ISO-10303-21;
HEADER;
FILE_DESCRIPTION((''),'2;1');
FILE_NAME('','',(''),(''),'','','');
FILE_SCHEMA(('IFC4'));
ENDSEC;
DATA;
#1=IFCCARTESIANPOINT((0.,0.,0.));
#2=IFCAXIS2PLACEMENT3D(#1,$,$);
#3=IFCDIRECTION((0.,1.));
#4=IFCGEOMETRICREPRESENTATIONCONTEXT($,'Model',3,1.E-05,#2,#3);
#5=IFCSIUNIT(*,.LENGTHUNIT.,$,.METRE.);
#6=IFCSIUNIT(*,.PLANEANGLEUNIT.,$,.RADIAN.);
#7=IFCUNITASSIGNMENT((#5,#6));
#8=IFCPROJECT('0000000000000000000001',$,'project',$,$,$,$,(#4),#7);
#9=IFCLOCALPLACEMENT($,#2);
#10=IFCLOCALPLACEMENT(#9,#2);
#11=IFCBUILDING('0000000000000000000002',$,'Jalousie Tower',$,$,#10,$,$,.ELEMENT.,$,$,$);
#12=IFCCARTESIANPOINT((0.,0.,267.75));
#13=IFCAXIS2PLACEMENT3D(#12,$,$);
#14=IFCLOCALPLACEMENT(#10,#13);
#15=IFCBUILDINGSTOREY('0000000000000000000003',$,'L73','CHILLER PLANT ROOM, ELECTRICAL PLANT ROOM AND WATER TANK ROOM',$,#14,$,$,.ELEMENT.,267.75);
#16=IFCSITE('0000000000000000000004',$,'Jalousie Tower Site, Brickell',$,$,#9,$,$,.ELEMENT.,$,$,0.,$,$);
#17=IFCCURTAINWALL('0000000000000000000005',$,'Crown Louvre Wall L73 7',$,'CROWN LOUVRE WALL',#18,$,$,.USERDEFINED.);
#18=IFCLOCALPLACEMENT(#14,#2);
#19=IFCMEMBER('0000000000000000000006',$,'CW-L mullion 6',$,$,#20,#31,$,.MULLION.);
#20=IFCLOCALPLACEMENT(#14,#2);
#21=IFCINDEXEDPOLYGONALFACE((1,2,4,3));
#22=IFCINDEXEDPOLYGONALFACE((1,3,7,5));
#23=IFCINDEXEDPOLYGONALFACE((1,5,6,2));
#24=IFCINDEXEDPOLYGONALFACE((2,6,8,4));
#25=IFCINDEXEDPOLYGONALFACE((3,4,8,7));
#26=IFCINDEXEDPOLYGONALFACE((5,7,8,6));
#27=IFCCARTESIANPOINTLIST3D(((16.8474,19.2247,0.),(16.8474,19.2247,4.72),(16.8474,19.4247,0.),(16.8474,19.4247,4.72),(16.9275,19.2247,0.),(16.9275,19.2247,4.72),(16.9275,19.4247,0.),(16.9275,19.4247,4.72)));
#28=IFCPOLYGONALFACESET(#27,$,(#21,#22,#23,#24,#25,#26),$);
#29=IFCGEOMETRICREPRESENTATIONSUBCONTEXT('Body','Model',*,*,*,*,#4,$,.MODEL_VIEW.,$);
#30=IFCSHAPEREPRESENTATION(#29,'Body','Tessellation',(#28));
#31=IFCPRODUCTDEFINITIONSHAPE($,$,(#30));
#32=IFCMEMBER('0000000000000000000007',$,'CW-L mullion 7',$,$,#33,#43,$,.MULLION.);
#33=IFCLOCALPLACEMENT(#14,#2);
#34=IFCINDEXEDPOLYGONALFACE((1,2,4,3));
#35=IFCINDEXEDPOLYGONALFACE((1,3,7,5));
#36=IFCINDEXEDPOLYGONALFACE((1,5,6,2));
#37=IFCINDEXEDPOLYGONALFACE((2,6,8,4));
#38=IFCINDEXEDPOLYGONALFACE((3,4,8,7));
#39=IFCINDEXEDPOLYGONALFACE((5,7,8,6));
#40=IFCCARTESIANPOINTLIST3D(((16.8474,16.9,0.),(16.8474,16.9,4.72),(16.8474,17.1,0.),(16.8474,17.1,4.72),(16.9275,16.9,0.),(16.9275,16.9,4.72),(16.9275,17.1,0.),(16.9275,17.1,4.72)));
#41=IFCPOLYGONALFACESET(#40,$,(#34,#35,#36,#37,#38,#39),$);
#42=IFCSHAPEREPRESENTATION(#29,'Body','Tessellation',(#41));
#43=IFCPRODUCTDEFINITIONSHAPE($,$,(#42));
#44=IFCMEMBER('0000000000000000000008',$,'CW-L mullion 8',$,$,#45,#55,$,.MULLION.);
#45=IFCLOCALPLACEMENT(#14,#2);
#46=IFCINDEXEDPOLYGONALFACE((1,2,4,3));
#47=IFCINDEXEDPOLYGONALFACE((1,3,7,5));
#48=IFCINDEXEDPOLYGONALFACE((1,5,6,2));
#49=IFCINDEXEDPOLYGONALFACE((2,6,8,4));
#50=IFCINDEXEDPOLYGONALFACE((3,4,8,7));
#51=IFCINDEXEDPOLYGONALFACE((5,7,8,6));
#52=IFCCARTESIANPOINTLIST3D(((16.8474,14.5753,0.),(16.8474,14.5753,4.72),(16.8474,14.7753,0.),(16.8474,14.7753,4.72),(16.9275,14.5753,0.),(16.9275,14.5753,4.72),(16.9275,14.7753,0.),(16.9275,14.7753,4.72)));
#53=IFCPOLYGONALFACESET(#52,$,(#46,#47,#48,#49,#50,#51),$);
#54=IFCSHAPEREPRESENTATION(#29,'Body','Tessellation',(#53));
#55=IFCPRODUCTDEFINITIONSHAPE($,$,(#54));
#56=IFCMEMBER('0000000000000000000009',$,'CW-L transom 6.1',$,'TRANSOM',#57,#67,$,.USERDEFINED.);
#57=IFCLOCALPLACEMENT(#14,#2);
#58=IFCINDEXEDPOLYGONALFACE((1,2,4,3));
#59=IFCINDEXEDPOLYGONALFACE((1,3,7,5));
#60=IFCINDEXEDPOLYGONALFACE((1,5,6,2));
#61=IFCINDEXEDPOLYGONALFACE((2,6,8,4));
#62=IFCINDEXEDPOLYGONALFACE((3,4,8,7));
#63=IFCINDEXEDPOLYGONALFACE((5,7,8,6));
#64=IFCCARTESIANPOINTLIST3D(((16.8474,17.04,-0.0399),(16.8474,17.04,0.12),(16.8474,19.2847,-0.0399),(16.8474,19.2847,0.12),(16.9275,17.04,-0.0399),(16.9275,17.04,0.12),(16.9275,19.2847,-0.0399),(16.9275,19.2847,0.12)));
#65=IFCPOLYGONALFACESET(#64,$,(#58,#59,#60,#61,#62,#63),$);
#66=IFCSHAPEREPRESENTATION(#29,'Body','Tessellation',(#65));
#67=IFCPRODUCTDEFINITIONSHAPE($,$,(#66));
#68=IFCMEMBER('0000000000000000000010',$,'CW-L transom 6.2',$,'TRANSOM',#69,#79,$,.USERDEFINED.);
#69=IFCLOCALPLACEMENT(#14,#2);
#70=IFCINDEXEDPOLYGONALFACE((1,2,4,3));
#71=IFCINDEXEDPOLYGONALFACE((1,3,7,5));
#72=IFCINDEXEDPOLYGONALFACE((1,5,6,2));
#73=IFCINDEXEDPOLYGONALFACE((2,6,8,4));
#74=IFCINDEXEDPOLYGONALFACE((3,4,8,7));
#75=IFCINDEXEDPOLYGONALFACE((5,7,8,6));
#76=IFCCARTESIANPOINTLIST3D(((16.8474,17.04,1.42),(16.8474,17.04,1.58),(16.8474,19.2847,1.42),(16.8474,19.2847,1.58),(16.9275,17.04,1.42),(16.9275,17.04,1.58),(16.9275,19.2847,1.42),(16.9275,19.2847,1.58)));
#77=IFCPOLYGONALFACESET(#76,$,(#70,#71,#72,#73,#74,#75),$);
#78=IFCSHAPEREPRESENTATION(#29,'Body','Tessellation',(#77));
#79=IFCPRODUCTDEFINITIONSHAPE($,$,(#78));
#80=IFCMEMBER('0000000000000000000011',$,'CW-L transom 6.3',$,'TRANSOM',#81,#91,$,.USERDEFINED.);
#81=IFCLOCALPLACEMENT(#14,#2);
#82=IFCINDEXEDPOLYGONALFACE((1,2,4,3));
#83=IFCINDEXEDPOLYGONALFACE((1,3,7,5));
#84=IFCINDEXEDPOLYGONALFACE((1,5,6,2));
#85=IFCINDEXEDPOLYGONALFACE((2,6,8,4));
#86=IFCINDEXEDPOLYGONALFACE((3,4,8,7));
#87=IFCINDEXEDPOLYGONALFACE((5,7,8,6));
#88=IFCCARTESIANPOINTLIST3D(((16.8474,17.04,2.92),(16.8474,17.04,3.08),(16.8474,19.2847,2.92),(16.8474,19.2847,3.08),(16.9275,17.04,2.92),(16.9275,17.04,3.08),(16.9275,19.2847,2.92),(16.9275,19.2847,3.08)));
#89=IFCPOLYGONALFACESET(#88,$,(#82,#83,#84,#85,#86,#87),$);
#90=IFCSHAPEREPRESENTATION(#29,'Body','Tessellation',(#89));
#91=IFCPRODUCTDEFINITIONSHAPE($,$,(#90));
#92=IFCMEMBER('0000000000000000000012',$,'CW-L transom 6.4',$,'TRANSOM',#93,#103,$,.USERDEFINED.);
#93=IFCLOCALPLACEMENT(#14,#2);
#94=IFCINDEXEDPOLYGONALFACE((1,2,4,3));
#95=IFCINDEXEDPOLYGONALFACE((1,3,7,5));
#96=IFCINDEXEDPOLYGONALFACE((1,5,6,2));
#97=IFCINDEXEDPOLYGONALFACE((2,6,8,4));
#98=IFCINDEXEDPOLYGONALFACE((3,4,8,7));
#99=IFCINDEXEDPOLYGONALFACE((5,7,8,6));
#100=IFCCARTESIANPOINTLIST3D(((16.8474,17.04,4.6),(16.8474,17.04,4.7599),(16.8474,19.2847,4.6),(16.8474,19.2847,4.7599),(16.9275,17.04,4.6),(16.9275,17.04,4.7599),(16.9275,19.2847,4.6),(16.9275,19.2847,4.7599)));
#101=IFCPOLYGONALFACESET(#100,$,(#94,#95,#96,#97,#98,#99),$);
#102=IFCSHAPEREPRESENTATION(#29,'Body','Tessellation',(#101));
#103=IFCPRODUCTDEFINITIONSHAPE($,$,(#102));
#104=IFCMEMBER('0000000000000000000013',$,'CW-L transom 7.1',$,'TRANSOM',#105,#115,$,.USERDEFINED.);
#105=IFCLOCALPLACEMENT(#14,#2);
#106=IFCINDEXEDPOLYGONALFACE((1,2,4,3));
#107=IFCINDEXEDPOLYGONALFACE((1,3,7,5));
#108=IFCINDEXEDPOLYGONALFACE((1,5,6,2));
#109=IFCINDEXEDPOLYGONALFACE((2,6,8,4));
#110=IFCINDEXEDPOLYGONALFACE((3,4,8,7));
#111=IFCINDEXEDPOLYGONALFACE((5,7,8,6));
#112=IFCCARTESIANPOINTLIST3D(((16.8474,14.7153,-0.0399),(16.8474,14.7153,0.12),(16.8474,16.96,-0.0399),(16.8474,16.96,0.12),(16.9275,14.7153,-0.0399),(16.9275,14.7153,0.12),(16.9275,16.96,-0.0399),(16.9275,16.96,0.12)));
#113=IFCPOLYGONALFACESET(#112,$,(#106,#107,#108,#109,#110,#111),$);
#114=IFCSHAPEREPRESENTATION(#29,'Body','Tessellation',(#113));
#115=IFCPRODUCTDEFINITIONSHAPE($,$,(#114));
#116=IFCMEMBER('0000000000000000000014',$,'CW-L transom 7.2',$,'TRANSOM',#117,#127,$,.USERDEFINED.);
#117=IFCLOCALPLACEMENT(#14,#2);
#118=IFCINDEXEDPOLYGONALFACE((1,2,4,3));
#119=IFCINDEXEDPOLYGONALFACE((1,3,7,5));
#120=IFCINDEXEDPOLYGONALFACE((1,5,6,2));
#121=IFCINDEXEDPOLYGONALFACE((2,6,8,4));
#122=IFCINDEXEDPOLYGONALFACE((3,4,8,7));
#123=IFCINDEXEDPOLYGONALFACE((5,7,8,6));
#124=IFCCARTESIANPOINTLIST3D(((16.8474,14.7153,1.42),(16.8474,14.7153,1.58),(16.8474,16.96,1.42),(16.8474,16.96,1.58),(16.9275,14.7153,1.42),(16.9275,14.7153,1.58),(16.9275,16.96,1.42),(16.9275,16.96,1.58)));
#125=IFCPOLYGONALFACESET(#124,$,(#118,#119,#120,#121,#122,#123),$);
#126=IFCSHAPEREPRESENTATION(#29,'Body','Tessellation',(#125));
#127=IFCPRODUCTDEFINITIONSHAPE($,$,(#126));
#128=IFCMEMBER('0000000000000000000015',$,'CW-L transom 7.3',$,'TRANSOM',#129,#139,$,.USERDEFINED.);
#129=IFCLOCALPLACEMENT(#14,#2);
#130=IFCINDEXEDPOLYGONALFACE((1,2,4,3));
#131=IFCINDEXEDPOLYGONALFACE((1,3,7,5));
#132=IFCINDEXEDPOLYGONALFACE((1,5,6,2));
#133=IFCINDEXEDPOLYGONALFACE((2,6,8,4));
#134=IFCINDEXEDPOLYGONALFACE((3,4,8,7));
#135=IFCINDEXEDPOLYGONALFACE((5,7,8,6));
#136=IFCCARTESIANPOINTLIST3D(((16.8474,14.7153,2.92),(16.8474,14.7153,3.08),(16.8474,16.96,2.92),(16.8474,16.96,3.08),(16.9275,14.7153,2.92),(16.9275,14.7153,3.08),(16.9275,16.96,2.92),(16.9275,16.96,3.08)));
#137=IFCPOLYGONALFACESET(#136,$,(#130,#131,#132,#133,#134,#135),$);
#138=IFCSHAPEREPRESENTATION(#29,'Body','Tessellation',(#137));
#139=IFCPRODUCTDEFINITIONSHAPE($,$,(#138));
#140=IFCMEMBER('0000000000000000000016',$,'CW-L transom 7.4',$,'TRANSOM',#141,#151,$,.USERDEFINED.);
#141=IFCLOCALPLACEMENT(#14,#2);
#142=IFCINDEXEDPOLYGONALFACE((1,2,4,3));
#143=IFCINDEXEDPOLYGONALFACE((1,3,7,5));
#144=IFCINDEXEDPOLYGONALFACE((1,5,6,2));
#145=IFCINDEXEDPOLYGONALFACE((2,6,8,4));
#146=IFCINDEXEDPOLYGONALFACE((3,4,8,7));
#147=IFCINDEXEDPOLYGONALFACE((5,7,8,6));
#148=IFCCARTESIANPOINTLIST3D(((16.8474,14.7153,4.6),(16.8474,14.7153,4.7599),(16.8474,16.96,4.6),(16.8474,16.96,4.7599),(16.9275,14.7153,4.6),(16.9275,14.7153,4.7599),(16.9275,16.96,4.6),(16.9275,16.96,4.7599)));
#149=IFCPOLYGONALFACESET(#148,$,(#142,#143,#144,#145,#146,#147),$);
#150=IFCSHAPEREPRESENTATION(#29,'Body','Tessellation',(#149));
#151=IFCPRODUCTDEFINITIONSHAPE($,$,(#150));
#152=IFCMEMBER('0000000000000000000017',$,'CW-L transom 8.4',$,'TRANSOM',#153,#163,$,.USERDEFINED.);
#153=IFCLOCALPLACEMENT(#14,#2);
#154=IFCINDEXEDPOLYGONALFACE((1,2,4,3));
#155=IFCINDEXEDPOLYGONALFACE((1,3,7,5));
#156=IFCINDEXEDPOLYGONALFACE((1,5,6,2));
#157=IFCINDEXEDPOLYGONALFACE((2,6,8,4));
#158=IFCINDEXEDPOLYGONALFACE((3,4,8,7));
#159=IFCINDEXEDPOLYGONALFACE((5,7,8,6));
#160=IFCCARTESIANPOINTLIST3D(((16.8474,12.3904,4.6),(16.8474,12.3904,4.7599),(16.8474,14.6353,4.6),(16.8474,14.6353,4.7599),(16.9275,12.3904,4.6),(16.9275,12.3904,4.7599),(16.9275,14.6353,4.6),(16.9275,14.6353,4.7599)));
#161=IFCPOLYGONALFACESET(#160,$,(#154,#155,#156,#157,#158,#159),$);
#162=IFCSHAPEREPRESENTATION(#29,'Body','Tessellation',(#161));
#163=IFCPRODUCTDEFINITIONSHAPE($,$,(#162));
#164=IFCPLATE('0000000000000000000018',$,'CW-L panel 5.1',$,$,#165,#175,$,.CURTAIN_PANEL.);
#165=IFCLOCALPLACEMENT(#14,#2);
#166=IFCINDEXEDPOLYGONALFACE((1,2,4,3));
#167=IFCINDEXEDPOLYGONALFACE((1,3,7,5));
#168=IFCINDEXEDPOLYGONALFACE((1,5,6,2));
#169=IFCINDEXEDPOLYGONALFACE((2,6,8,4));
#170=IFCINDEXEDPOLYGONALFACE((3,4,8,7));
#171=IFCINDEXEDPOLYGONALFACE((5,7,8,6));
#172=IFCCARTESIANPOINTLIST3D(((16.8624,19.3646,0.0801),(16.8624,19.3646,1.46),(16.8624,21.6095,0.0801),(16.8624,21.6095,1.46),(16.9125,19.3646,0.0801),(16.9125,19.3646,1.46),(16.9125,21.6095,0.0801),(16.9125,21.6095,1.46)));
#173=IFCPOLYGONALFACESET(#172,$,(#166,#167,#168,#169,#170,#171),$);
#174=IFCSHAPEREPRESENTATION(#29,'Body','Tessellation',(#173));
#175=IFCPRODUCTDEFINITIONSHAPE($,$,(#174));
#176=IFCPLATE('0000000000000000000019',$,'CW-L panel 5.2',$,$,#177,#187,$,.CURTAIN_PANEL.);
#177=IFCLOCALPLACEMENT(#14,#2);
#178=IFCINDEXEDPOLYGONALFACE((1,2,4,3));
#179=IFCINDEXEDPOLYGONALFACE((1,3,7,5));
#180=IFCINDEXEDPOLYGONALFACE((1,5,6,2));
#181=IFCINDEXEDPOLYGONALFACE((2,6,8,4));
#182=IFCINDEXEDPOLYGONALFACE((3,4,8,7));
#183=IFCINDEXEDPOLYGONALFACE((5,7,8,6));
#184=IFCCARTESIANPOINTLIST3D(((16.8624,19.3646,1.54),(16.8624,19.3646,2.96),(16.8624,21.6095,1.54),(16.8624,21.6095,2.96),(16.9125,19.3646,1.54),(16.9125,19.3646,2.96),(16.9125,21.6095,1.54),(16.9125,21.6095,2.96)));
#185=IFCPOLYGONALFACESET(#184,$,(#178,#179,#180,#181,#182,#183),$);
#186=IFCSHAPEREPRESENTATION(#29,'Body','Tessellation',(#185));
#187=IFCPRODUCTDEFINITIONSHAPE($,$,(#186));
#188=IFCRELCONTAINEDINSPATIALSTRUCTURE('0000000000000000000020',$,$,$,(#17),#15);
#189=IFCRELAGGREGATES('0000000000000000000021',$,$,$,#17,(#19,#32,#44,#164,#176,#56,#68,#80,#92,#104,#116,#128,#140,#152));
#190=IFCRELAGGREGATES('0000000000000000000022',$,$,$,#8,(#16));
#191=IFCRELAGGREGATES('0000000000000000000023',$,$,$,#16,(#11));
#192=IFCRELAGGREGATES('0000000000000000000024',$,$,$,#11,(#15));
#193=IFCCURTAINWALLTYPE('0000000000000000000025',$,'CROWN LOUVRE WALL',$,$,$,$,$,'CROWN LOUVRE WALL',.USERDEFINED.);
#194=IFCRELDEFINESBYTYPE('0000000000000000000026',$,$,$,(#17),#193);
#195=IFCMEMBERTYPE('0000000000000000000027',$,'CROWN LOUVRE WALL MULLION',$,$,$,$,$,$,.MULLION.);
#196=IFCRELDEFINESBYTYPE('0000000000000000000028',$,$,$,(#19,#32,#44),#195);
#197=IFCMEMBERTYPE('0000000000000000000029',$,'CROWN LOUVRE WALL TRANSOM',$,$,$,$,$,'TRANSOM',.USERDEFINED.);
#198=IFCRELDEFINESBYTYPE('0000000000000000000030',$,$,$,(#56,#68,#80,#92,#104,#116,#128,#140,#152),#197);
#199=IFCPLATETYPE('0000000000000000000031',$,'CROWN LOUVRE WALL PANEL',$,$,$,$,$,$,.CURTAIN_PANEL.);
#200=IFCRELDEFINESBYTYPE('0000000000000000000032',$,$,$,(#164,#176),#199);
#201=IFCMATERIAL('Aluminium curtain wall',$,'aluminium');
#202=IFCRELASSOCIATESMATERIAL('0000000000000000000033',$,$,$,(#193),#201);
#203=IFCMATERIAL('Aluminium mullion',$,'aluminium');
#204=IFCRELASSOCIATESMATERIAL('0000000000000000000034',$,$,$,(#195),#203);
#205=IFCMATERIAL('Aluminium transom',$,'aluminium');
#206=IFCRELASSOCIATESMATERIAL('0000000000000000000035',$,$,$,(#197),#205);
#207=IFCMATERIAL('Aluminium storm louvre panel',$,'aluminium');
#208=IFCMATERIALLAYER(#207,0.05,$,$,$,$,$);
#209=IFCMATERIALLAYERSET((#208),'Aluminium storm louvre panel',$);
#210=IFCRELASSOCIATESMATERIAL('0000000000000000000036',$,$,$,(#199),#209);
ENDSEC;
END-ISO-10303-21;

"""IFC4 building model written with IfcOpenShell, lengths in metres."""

from ifc_helpers import new_model, si_unit, direction, frame, origin, origin_2d, place, context, subcontext, project, spatial, rectangle, extrude, material, layer, layer_set, material_profile, profile_set, type_object, element, aggregate, save


model = new_model("IFC4")

# Units and contexts
model_context = context("Model", 3, precision=1e-05, world=origin(), true_north=direction((0.0, 1.0)))
body_context = subcontext(model_context, "Body", "Model", "MODEL_VIEW")
ifc_project = project(units=[si_unit("LENGTHUNIT", "METRE"), si_unit("PLANEANGLEUNIT", "RADIAN")], contexts=[model_context])

# Site, building, storey
site_placement = place(None, origin())
site = spatial("IfcSite", under=ifc_project, at=site_placement, Name="Jalousie Tower Site, Brickell", CompositionType="ELEMENT", RefElevation=0.0)
building_placement = place(site_placement, origin())
building = spatial("IfcBuilding", under=site, at=building_placement, Name="Jalousie Tower", CompositionType="ELEMENT")
storey_placement = place(building_placement, frame((0.0, 0.0, 267.75)))
storey = spatial("IfcBuildingStorey", under=building, at=storey_placement, Name="L73", Description="CHILLER PLANT ROOM, ELECTRICAL PLANT ROOM AND WATER TANK ROOM", CompositionType="ELEMENT", Elevation=267.75)

# Curtain wall, members, plates
ifc_material_1 = material(Name="Aluminium curtain wall", Category="aluminium")
curtain_wall_type = type_object("IfcCurtainWallType", Name="CROWN LOUVRE WALL", ElementType="CROWN LOUVRE WALL", PredefinedType="USERDEFINED", material=ifc_material_1)
curtain_wall_placement = place(storey_placement, origin())
curtain_wall = element("IfcCurtainWall", 1, at=curtain_wall_placement, inside=storey, type_object=curtain_wall_type, Name="Crown Louvre Wall L73 7", ObjectType="CROWN LOUVRE WALL", PredefinedType="USERDEFINED")
ifc_material_2 = material(Name="Aluminium mullion", Category="aluminium")
ifc_material_profile_1 = material_profile(ifc_material_2, rectangle(XDim=0.0801, YDim=0.2, at=origin_2d()), Name="MULLION 80x200")
ifc_profile_set_1 = profile_set([ifc_material_profile_1], Name="Aluminium mullion")
member_type_1 = type_object("IfcMemberType", Name="CROWN LOUVRE WALL MULLION", PredefinedType="MULLION", material=ifc_profile_set_1)
member_1_placement = place(storey_placement, frame((16.8875, 19.3247, 0.0), z_axis=(0.0, 0.0, 1.0), x_axis=(1.0, 0.0, 0.0)))
member_1 = element("IfcMember", 2, at=member_1_placement, type_object=member_type_1, Name="CW-L mullion 6", PredefinedType="MULLION", context=body_context, shape_type="SweptSolid", body=[
    extrude(rectangle(XDim=0.0801, YDim=0.2, at=origin_2d()), origin(), (0.0, 0.0, 1.0), 4.72),
])
member_2_placement = place(storey_placement, frame((16.8875, 17.0, 0.0), z_axis=(0.0, 0.0, 1.0), x_axis=(1.0, 0.0, 0.0)))
member_2 = element("IfcMember", 3, at=member_2_placement, type_object=member_type_1, Name="CW-L mullion 7", PredefinedType="MULLION", context=body_context, shape_type="SweptSolid", body=[
    extrude(rectangle(XDim=0.0801, YDim=0.2, at=origin_2d()), origin(), (0.0, 0.0, 1.0), 4.72),
])
member_3_placement = place(storey_placement, frame((16.8875, 14.6753, 0.0), z_axis=(0.0, 0.0, 1.0), x_axis=(1.0, 0.0, 0.0)))
member_3 = element("IfcMember", 4, at=member_3_placement, type_object=member_type_1, Name="CW-L mullion 8", PredefinedType="MULLION", context=body_context, shape_type="SweptSolid", body=[
    extrude(rectangle(XDim=0.0801, YDim=0.2, at=origin_2d()), origin(), (0.0, 0.0, 1.0), 4.72),
])
ifc_material_3 = material(Name="Aluminium transom", Category="aluminium")
ifc_material_profile_2 = material_profile(ifc_material_3, rectangle(XDim=0.0801, YDim=0.1599, at=origin_2d()), Name="TRANSOM 80x160")
ifc_profile_set_2 = profile_set([ifc_material_profile_2], Name="Aluminium transom")
member_type_2 = type_object("IfcMemberType", Name="CROWN LOUVRE WALL TRANSOM", ElementType="TRANSOM", PredefinedType="USERDEFINED", material=ifc_profile_set_2)
member_4_placement = place(storey_placement, frame((16.8875, 19.2847, 0.04), z_axis=(0.0, -1.0, 0.0), x_axis=(1.0, 0.0, 0.0)))
member_4 = element("IfcMember", 5, at=member_4_placement, type_object=member_type_2, Name="CW-L transom 6.1", ObjectType="TRANSOM", PredefinedType="USERDEFINED", context=body_context, shape_type="SweptSolid", body=[
    extrude(rectangle(XDim=0.0801, YDim=0.1599, at=origin_2d()), origin(), (0.0, 0.0, 1.0), 2.2446),
])
member_5_placement = place(storey_placement, frame((16.8875, 19.2847, 1.5), z_axis=(0.0, -1.0, 0.0), x_axis=(1.0, 0.0, 0.0)))
member_5 = element("IfcMember", 6, at=member_5_placement, type_object=member_type_2, Name="CW-L transom 6.2", ObjectType="TRANSOM", PredefinedType="USERDEFINED", context=body_context, shape_type="SweptSolid", body=[
    extrude(rectangle(XDim=0.0801, YDim=0.1599, at=origin_2d()), origin(), (0.0, 0.0, 1.0), 2.2446),
])
member_6_placement = place(storey_placement, frame((16.8875, 19.2847, 3.0), z_axis=(0.0, -1.0, 0.0), x_axis=(1.0, 0.0, 0.0)))
member_6 = element("IfcMember", 7, at=member_6_placement, type_object=member_type_2, Name="CW-L transom 6.3", ObjectType="TRANSOM", PredefinedType="USERDEFINED", context=body_context, shape_type="SweptSolid", body=[
    extrude(rectangle(XDim=0.0801, YDim=0.1599, at=origin_2d()), origin(), (0.0, 0.0, 1.0), 2.2446),
])
member_7_placement = place(storey_placement, frame((16.8875, 19.2847, 4.6799), z_axis=(0.0, -1.0, 0.0), x_axis=(1.0, 0.0, 0.0)))
member_7 = element("IfcMember", 8, at=member_7_placement, type_object=member_type_2, Name="CW-L transom 6.4", ObjectType="TRANSOM", PredefinedType="USERDEFINED", context=body_context, shape_type="SweptSolid", body=[
    extrude(rectangle(XDim=0.0801, YDim=0.1599, at=origin_2d()), origin(), (0.0, 0.0, 1.0), 2.2446),
])
member_8_placement = place(storey_placement, frame((16.8875, 16.96, 0.04), z_axis=(0.0, -1.0, 0.0), x_axis=(1.0, 0.0, 0.0)))
member_8 = element("IfcMember", 9, at=member_8_placement, type_object=member_type_2, Name="CW-L transom 7.1", ObjectType="TRANSOM", PredefinedType="USERDEFINED", context=body_context, shape_type="SweptSolid", body=[
    extrude(rectangle(XDim=0.0801, YDim=0.1599, at=origin_2d()), origin(), (0.0, 0.0, 1.0), 2.2446),
])
member_9_placement = place(storey_placement, frame((16.8875, 16.96, 1.5), z_axis=(0.0, -1.0, 0.0), x_axis=(1.0, 0.0, 0.0)))
member_9 = element("IfcMember", 10, at=member_9_placement, type_object=member_type_2, Name="CW-L transom 7.2", ObjectType="TRANSOM", PredefinedType="USERDEFINED", context=body_context, shape_type="SweptSolid", body=[
    extrude(rectangle(XDim=0.0801, YDim=0.1599, at=origin_2d()), origin(), (0.0, 0.0, 1.0), 2.2446),
])
member_10_placement = place(storey_placement, frame((16.8875, 16.96, 3.0), z_axis=(0.0, -1.0, 0.0), x_axis=(1.0, 0.0, 0.0)))
member_10 = element("IfcMember", 11, at=member_10_placement, type_object=member_type_2, Name="CW-L transom 7.3", ObjectType="TRANSOM", PredefinedType="USERDEFINED", context=body_context, shape_type="SweptSolid", body=[
    extrude(rectangle(XDim=0.0801, YDim=0.1599, at=origin_2d()), origin(), (0.0, 0.0, 1.0), 2.2446),
])
member_11_placement = place(storey_placement, frame((16.8875, 16.96, 4.6799), z_axis=(0.0, -1.0, 0.0), x_axis=(1.0, 0.0, 0.0)))
member_11 = element("IfcMember", 12, at=member_11_placement, type_object=member_type_2, Name="CW-L transom 7.4", ObjectType="TRANSOM", PredefinedType="USERDEFINED", context=body_context, shape_type="SweptSolid", body=[
    extrude(rectangle(XDim=0.0801, YDim=0.1599, at=origin_2d()), origin(), (0.0, 0.0, 1.0), 2.2446),
])
member_12_placement = place(storey_placement, frame((16.8875, 14.6353, 4.6799), z_axis=(0.0, -1.0, 0.0), x_axis=(1.0, 0.0, 0.0)))
member_12 = element("IfcMember", 13, at=member_12_placement, type_object=member_type_2, Name="CW-L transom 8.4", ObjectType="TRANSOM", PredefinedType="USERDEFINED", context=body_context, shape_type="SweptSolid", body=[
    extrude(rectangle(XDim=0.0801, YDim=0.1599, at=origin_2d()), origin(), (0.0, 0.0, 1.0), 2.2449),
])
ifc_material_4 = material(Name="Aluminium storm louvre panel", Category="aluminium")
ifc_layer_1 = layer(ifc_material_4, 0.05)
ifc_layer_set_1 = layer_set([ifc_layer_1], Name="Aluminium storm louvre panel")
plate_type = type_object("IfcPlateType", Name="CROWN LOUVRE WALL PANEL", PredefinedType="CURTAIN_PANEL", material=ifc_layer_set_1)
plate_1_placement = place(storey_placement, frame((16.8875, 20.4871, 0.0801), z_axis=(0.0, 0.0, 1.0), x_axis=(0.0, -1.0, 0.0)))
plate_1 = element("IfcPlate", 14, at=plate_1_placement, type_object=plate_type, Name="CW-L panel 5.1", PredefinedType="CURTAIN_PANEL", context=body_context, shape_type="SweptSolid", body=[
    extrude(rectangle(XDim=2.2449, YDim=0.05, at=origin_2d()), origin(), (0.0, 0.0, 1.0), 1.3799),
])
plate_2_placement = place(storey_placement, frame((16.8875, 20.4871, 1.54), z_axis=(0.0, 0.0, 1.0), x_axis=(0.0, -1.0, 0.0)))
plate_2 = element("IfcPlate", 15, at=plate_2_placement, type_object=plate_type, Name="CW-L panel 5.2", PredefinedType="CURTAIN_PANEL", context=body_context, shape_type="SweptSolid", body=[
    extrude(rectangle(XDim=2.2449, YDim=0.05, at=origin_2d()), origin(), (0.0, 0.0, 1.0), 1.4199),
])
aggregate(curtain_wall, [member_1, member_2, member_3, plate_1, plate_2, member_4, member_5, member_6, member_7, member_8, member_9, member_10, member_11, member_12])

save(model, "model.ifc")
